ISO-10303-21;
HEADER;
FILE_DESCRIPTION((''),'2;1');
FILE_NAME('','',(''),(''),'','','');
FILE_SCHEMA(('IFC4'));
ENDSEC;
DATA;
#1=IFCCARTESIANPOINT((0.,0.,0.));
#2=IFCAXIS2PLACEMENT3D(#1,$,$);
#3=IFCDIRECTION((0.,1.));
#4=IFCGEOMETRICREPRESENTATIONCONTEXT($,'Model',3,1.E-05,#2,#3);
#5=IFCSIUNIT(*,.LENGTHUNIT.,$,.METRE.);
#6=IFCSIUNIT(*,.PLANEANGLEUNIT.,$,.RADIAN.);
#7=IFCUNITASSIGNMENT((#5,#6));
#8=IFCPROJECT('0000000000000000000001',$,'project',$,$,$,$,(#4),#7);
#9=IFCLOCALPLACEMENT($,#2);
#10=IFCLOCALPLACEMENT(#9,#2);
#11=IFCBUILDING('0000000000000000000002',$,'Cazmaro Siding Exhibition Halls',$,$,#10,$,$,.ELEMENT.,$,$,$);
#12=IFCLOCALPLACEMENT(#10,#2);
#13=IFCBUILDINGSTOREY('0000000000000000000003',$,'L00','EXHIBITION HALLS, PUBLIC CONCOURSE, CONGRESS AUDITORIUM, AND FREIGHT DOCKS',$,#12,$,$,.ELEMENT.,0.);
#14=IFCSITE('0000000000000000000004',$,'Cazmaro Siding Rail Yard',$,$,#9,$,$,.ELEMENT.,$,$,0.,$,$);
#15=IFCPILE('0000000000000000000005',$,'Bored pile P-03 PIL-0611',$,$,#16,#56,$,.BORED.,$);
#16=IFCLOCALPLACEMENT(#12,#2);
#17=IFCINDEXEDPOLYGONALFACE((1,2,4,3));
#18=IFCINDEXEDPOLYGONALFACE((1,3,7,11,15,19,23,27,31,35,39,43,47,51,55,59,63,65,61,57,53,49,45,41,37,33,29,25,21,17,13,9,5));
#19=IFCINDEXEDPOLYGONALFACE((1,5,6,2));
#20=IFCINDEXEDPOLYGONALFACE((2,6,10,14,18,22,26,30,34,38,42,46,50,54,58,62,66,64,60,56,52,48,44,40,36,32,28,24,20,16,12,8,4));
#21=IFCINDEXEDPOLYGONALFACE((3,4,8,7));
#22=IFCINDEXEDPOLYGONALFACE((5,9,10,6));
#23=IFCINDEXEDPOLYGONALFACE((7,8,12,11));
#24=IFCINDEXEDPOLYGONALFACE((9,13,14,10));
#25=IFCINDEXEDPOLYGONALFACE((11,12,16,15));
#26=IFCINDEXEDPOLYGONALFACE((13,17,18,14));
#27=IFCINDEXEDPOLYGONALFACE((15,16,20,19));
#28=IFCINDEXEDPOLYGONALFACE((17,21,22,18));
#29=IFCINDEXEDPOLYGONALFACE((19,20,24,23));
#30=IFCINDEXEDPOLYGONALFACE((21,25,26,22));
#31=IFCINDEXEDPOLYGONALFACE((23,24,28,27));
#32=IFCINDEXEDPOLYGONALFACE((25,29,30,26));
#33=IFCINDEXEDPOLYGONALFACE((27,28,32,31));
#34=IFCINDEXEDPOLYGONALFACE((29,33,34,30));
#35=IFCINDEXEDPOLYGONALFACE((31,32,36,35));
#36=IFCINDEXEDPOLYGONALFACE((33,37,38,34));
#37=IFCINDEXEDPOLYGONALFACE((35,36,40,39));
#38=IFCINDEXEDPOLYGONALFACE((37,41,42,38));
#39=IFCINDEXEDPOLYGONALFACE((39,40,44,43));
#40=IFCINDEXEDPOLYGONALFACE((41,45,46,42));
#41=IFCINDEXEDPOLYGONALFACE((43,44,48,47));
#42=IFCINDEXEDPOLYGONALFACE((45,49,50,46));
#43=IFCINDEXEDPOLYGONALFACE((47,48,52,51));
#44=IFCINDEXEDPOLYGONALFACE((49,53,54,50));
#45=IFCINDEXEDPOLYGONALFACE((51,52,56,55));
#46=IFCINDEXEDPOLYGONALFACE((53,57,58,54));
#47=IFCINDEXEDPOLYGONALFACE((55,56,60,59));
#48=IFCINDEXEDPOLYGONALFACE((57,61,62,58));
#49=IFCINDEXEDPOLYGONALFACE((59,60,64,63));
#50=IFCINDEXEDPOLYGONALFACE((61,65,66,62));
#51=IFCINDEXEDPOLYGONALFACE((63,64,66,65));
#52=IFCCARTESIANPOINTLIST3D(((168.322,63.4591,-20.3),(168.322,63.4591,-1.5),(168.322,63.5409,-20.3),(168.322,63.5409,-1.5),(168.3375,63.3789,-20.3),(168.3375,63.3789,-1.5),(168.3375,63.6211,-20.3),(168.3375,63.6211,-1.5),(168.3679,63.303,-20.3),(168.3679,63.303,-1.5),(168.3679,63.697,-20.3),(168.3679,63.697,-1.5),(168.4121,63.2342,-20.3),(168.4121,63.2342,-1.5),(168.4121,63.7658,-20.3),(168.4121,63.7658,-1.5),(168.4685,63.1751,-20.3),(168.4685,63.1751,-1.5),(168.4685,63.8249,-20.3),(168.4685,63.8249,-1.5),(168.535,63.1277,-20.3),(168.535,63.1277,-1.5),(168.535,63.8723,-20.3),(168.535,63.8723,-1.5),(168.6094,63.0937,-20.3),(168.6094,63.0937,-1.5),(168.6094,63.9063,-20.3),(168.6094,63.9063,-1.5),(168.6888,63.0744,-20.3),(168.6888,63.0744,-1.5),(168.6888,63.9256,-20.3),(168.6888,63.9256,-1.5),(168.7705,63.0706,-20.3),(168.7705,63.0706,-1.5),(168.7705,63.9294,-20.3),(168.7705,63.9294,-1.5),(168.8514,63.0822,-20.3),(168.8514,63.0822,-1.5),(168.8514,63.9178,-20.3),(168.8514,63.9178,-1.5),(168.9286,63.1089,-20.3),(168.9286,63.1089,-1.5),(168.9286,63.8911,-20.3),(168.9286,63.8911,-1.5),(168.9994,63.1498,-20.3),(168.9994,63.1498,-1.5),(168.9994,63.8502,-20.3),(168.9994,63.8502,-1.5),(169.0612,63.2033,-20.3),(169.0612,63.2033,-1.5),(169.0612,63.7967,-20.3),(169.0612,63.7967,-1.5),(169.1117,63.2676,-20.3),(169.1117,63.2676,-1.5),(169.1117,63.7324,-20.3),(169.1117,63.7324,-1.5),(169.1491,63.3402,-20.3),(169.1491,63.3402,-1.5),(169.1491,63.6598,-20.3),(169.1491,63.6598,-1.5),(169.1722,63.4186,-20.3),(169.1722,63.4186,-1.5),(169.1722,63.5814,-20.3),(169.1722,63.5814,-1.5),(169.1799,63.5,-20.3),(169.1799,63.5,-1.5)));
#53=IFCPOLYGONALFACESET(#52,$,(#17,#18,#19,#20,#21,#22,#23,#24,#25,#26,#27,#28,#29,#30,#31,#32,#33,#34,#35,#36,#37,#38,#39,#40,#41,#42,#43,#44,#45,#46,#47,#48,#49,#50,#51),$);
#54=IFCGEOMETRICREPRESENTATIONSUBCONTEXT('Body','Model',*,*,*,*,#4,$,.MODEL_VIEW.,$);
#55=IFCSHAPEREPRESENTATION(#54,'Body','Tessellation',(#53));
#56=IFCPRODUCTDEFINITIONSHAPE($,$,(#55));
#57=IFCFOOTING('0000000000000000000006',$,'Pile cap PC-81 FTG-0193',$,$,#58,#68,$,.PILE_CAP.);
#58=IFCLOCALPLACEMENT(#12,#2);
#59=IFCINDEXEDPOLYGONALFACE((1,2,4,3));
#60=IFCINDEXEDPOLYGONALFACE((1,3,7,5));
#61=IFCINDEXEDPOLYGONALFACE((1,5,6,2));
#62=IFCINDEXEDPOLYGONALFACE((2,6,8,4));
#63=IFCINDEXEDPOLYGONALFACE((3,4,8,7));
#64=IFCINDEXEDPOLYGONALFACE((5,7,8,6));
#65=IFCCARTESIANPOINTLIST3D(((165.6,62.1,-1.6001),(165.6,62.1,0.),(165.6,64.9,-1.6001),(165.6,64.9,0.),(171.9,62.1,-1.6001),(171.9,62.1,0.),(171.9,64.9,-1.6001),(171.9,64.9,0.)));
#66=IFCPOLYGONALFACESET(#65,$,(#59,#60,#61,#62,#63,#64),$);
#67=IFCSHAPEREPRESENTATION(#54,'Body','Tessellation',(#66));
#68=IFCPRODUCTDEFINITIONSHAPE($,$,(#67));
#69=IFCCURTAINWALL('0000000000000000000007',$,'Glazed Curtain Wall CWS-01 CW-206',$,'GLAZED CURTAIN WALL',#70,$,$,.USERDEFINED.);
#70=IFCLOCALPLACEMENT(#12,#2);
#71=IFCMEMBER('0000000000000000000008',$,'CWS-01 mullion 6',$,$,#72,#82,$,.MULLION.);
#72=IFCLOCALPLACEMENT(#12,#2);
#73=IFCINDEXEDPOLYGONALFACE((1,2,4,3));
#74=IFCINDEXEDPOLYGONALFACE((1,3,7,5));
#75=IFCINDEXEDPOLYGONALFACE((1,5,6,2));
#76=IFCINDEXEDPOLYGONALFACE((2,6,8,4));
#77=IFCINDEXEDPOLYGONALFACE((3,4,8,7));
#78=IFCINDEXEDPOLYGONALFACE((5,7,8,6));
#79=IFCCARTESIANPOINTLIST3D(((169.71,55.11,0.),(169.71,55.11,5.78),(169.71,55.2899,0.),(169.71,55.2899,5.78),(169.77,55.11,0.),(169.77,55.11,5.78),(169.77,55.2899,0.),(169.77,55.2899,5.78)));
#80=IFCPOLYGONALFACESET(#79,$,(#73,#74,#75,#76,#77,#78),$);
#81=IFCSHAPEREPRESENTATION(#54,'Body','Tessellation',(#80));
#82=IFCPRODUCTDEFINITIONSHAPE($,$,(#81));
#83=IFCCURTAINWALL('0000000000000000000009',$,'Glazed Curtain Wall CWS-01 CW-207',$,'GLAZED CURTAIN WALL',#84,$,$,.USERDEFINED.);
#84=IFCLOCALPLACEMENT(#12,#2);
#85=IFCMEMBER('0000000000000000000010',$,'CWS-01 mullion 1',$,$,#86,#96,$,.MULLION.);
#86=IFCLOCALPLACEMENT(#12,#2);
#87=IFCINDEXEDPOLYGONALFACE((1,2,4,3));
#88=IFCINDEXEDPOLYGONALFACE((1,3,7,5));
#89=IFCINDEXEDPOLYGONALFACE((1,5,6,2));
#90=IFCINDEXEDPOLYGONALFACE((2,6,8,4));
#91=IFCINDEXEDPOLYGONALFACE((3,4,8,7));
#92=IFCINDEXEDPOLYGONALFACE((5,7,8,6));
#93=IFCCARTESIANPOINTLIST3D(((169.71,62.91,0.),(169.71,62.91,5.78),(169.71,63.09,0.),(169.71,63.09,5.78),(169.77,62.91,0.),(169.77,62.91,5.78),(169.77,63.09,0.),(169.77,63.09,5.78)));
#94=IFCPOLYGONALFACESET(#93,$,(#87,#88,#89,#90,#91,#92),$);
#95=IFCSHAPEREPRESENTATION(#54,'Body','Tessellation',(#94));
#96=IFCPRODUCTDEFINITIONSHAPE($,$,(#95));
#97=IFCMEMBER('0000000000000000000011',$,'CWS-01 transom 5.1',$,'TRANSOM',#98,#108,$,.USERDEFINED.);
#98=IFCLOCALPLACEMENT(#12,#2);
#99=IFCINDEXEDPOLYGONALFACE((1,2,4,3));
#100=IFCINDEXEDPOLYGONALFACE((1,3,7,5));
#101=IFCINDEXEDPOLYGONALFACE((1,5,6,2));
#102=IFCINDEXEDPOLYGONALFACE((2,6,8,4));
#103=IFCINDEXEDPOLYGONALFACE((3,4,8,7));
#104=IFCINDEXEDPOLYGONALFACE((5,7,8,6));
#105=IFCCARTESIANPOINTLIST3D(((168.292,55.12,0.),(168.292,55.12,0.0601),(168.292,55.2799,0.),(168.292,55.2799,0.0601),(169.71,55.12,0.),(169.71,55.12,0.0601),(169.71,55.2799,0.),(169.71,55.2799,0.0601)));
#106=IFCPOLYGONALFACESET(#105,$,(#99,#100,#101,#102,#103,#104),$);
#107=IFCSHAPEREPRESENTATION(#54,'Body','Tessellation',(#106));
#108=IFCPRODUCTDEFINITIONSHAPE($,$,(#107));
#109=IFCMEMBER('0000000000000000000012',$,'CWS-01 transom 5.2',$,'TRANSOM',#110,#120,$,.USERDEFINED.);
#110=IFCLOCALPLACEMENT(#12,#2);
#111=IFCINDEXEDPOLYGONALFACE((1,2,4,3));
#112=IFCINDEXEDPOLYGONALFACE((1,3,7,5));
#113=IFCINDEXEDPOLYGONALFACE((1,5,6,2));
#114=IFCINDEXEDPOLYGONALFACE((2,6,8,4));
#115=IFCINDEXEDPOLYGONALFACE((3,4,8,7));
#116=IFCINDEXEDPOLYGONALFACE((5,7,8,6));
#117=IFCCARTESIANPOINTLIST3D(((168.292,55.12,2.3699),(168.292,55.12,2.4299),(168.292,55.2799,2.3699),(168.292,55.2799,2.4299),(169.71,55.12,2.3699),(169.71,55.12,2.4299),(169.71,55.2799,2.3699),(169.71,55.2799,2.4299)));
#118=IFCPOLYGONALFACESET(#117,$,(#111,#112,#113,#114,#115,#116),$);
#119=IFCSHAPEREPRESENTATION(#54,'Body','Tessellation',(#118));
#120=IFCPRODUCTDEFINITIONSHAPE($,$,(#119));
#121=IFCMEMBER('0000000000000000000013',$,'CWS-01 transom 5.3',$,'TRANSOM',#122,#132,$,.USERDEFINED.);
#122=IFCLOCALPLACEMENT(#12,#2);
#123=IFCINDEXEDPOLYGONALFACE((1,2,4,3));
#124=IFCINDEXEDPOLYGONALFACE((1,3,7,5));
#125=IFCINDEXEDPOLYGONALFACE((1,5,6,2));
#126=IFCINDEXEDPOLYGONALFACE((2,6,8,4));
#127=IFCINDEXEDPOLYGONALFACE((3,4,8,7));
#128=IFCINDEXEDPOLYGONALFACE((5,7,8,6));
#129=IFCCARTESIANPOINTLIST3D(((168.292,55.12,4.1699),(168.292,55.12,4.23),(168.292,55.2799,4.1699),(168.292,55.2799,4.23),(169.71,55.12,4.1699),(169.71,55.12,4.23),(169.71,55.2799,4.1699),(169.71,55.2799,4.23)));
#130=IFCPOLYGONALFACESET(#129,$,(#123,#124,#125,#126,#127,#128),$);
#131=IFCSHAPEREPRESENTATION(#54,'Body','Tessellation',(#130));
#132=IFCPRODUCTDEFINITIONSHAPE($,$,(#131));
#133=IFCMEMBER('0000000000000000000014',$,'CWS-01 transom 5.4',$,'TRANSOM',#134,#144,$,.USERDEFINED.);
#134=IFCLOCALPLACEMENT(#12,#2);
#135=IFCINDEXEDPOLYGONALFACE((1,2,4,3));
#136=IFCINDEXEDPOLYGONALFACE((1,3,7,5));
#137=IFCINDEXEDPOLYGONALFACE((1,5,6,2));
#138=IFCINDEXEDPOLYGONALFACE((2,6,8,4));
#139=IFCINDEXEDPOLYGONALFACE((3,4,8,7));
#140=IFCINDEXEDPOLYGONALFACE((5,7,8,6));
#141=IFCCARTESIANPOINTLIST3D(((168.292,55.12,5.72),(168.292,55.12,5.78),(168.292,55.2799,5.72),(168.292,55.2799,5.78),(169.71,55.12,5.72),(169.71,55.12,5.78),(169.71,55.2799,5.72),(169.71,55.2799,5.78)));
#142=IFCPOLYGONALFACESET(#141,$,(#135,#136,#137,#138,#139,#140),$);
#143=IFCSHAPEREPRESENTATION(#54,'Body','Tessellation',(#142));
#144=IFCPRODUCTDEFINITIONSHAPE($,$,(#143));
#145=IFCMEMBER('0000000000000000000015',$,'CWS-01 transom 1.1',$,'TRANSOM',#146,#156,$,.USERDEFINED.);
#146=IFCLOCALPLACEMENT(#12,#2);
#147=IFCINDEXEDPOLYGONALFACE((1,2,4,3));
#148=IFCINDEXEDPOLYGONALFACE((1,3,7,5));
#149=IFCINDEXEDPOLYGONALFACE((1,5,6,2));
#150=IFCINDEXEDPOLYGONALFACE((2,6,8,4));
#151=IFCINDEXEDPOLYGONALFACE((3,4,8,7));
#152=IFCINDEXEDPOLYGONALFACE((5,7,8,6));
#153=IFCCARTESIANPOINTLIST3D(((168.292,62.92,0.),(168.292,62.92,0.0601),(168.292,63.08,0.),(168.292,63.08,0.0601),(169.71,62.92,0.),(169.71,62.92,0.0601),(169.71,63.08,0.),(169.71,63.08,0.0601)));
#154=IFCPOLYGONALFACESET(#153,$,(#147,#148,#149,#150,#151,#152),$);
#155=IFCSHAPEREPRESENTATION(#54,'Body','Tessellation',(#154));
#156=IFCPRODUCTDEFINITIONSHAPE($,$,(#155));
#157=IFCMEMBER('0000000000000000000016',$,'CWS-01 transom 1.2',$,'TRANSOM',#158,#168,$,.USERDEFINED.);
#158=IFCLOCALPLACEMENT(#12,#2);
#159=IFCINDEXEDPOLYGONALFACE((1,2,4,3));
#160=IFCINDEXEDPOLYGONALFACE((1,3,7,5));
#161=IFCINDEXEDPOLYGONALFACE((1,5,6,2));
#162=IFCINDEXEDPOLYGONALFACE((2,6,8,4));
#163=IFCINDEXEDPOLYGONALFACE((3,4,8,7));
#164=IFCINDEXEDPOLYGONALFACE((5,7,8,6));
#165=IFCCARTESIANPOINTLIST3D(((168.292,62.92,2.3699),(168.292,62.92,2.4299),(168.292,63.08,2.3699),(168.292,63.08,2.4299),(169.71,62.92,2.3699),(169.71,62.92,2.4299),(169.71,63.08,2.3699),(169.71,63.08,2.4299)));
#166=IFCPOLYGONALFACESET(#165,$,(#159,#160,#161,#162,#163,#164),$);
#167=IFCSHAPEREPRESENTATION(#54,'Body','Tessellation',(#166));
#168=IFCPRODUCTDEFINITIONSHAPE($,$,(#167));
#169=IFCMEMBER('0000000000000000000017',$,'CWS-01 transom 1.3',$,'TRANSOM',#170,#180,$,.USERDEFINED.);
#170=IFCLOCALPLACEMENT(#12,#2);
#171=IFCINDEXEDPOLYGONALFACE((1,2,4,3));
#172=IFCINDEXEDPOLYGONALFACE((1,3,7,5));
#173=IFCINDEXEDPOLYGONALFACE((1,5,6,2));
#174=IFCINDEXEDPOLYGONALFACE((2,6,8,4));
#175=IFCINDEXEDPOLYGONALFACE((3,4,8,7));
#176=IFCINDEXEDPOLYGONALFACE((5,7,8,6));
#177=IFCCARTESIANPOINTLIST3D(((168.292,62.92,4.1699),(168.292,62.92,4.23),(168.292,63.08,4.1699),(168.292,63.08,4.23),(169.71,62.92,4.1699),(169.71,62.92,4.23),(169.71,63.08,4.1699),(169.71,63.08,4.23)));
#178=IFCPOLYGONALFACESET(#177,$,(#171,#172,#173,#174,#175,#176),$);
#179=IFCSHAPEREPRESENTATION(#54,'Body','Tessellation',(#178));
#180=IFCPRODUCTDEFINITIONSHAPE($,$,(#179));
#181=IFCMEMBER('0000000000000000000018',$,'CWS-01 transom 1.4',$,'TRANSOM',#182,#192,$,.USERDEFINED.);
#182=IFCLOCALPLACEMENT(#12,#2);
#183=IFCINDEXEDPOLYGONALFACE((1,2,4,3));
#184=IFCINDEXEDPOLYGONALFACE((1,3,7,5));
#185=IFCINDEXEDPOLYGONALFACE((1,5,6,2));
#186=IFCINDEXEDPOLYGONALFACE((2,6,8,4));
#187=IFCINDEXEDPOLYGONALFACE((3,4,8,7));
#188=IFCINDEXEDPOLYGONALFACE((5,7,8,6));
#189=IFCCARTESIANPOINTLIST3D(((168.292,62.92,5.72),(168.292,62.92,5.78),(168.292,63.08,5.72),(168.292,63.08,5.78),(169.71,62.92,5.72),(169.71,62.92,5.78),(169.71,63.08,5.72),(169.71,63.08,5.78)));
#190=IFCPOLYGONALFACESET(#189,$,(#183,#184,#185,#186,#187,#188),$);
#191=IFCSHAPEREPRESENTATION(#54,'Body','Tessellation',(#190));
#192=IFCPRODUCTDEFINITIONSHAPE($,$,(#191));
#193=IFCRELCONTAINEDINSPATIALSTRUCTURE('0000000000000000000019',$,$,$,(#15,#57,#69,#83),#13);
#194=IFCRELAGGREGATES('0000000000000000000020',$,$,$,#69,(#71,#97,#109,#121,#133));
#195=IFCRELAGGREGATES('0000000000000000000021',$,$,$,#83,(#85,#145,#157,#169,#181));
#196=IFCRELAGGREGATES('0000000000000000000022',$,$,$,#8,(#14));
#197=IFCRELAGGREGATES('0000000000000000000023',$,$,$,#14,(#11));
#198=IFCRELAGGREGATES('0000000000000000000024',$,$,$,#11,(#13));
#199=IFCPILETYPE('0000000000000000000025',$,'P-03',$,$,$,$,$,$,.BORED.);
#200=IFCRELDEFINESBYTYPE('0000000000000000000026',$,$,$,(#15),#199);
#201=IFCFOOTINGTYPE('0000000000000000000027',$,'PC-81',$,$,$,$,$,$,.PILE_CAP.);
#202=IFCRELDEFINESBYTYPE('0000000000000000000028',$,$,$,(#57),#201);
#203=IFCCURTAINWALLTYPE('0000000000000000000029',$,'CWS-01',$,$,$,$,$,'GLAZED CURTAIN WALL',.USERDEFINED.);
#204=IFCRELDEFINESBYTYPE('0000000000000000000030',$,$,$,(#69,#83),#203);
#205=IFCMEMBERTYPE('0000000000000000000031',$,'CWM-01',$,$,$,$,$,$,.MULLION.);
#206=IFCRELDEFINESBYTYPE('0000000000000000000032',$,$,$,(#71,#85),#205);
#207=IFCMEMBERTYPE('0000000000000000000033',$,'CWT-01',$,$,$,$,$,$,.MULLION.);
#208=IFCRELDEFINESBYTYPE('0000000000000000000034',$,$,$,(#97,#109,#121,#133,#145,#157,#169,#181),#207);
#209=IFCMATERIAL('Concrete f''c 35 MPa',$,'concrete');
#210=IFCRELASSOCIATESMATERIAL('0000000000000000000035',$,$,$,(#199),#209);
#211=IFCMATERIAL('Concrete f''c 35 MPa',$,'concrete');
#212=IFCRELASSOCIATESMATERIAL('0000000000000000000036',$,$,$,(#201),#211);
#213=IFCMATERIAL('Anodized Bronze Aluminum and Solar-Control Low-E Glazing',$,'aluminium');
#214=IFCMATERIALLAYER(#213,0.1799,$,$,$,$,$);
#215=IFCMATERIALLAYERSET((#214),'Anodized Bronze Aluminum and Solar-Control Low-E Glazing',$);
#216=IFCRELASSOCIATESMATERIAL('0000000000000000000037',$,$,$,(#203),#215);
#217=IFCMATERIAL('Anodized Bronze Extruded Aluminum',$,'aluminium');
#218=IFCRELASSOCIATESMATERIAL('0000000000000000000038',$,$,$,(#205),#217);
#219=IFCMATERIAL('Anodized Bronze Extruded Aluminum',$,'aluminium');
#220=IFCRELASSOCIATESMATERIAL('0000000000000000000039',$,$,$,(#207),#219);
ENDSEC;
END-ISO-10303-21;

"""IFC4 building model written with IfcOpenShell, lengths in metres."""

from ifc_helpers import new_model, si_unit, direction, frame, origin, origin_2d, place, context, subcontext, project, spatial, rectangle, circle, extrude, material, layer, layer_set, material_profile, profile_set, type_object, element, aggregate, save


model = new_model("IFC4")

# Units and contexts
model_context = context("Model", 3, precision=1e-05, world=origin(), true_north=direction((0.0, 1.0)))
body_context = subcontext(model_context, "Body", "Model", "MODEL_VIEW")
ifc_project = project(units=[si_unit("LENGTHUNIT", "METRE"), si_unit("PLANEANGLEUNIT", "RADIAN")], contexts=[model_context])

# Site, building, storey
site_placement = place(None, origin())
site = spatial("IfcSite", under=ifc_project, at=site_placement, Name="Cazmaro Siding Rail Yard", CompositionType="ELEMENT", RefElevation=0.0)
building_placement = place(site_placement, origin())
building = spatial("IfcBuilding", under=site, at=building_placement, Name="Cazmaro Siding Exhibition Halls", CompositionType="ELEMENT")
storey_placement = place(building_placement, origin())
storey = spatial("IfcBuildingStorey", under=building, at=storey_placement, Name="L00", Description="EXHIBITION HALLS, PUBLIC CONCOURSE, CONGRESS AUDITORIUM, AND FREIGHT DOCKS", CompositionType="ELEMENT", Elevation=0.0)

# Pile
ifc_material_1 = material(Name="Concrete f'c 35 MPa", Category="concrete")
ifc_material_profile_1 = material_profile(ifc_material_1, circle(Radius=0.4299, at=origin_2d()), Name="CIDH-860")
ifc_profile_set_1 = profile_set([ifc_material_profile_1], Name="Concrete f'c 35 MPa")
pile_type = type_object("IfcPileType", Name="P-03", PredefinedType="BORED", material=ifc_profile_set_1)
pile_placement = place(storey_placement, frame((168.75, 63.5, -1.5), z_axis=(0.0, 0.0, -1.0), x_axis=(1.0, 0.0, 0.0)))
element("IfcPile", 1, at=pile_placement, inside=storey, type_object=pile_type, Name="Bored pile P-03 PIL-0611", PredefinedType="BORED", context=body_context, shape_type="SweptSolid", body=[
    extrude(circle(Radius=0.4299, at=origin_2d()), origin(), (0.0, 0.0, 1.0), 18.8),
])

# Footing
ifc_material_2 = material(Name="Concrete f'c 35 MPa", Category="concrete")
footing_type = type_object("IfcFootingType", Name="PC-81", PredefinedType="PILE_CAP", material=ifc_material_2)
footing_placement = place(storey_placement, frame((168.75, 63.5, -1.6001), z_axis=(0.0, 0.0, 1.0), x_axis=(1.0, 0.0, 0.0)))
element("IfcFooting", 2, at=footing_placement, inside=storey, type_object=footing_type, Name="Pile cap PC-81 FTG-0193", PredefinedType="PILE_CAP", context=body_context, shape_type="SweptSolid", body=[
    extrude(rectangle(XDim=6.3, YDim=2.8, at=origin_2d()), origin(), (0.0, 0.0, 1.0), 1.6001),
])

# Curtain walls, members
ifc_material_3 = material(Name="Anodized Bronze Aluminum and Solar-Control Low-E Glazing", Category="aluminium")
ifc_layer_1 = layer(ifc_material_3, 0.1799)
ifc_layer_set_1 = layer_set([ifc_layer_1], Name="Anodized Bronze Aluminum and Solar-Control Low-E Glazing")
curtain_wall_type = type_object("IfcCurtainWallType", Name="CWS-01", ElementType="GLAZED CURTAIN WALL", PredefinedType="USERDEFINED", material=ifc_layer_set_1)
curtain_wall_1_placement = place(storey_placement, origin())
curtain_wall_1 = element("IfcCurtainWall", 3, at=curtain_wall_1_placement, inside=storey, type_object=curtain_wall_type, Name="Glazed Curtain Wall CWS-01 CW-206", ObjectType="GLAZED CURTAIN WALL", PredefinedType="USERDEFINED")
ifc_material_4 = material(Name="Anodized Bronze Extruded Aluminum", Category="aluminium")
ifc_material_profile_2 = material_profile(ifc_material_4, rectangle(XDim=0.1799, YDim=0.0601, at=origin_2d()), Name="CWM-01")
ifc_profile_set_2 = profile_set([ifc_material_profile_2], Name="Anodized Bronze Extruded Aluminum")
member_type_1 = type_object("IfcMemberType", Name="CWM-01", PredefinedType="MULLION", material=ifc_profile_set_2)
member_1_placement = place(storey_placement, frame((169.74, 55.2, 0.0), z_axis=(0.0, 0.0, 1.0), x_axis=(0.0, 1.0, 0.0)))
member_1 = element("IfcMember", 4, at=member_1_placement, type_object=member_type_1, Name="CWS-01 mullion 6", PredefinedType="MULLION", context=body_context, shape_type="SweptSolid", body=[
    extrude(rectangle(XDim=0.1799, YDim=0.0601, at=origin_2d()), origin(), (0.0, 0.0, 1.0), 5.78),
])
curtain_wall_2_placement = place(storey_placement, origin())
curtain_wall_2 = element("IfcCurtainWall", 5, at=curtain_wall_2_placement, inside=storey, type_object=curtain_wall_type, Name="Glazed Curtain Wall CWS-01 CW-207", ObjectType="GLAZED CURTAIN WALL", PredefinedType="USERDEFINED")
member_2_placement = place(storey_placement, frame((169.74, 63.0, 0.0), z_axis=(0.0, 0.0, 1.0), x_axis=(0.0, -1.0, 0.0)))
member_2 = element("IfcMember", 6, at=member_2_placement, type_object=member_type_1, Name="CWS-01 mullion 1", PredefinedType="MULLION", context=body_context, shape_type="SweptSolid", body=[
    extrude(rectangle(XDim=0.1799, YDim=0.0601, at=origin_2d()), origin(), (0.0, 0.0, 1.0), 5.78),
])

# Members
ifc_material_5 = material(Name="Anodized Bronze Extruded Aluminum", Category="aluminium")
ifc_material_profile_3 = material_profile(ifc_material_5, rectangle(XDim=0.1599, YDim=0.0601, at=origin_2d()), Name="CWT-01")
ifc_profile_set_3 = profile_set([ifc_material_profile_3], Name="Anodized Bronze Extruded Aluminum")
member_type_2 = type_object("IfcMemberType", Name="CWT-01", PredefinedType="MULLION", material=ifc_profile_set_3)
member_3_placement = place(storey_placement, frame((168.292, 55.2, 0.03), z_axis=(1.0, 0.0, 0.0), x_axis=(0.0, 1.0, 0.0)))
member_3 = element("IfcMember", 7, at=member_3_placement, type_object=member_type_2, Name="CWS-01 transom 5.1", ObjectType="TRANSOM", PredefinedType="USERDEFINED", context=body_context, shape_type="SweptSolid", body=[
    extrude(rectangle(XDim=0.1599, YDim=0.0601, at=origin_2d()), origin(), (0.0, 0.0, 1.0), 1.418),
])
member_4_placement = place(storey_placement, frame((168.292, 55.2, 2.3999), z_axis=(1.0, 0.0, 0.0), x_axis=(0.0, 1.0, 0.0)))
member_4 = element("IfcMember", 8, at=member_4_placement, type_object=member_type_2, Name="CWS-01 transom 5.2", ObjectType="TRANSOM", PredefinedType="USERDEFINED", context=body_context, shape_type="SweptSolid", body=[
    extrude(rectangle(XDim=0.1599, YDim=0.0601, at=origin_2d()), origin(), (0.0, 0.0, 1.0), 1.418),
])
member_5_placement = place(storey_placement, frame((168.292, 55.2, 4.2), z_axis=(1.0, 0.0, 0.0), x_axis=(0.0, 1.0, 0.0)))
member_5 = element("IfcMember", 9, at=member_5_placement, type_object=member_type_2, Name="CWS-01 transom 5.3", ObjectType="TRANSOM", PredefinedType="USERDEFINED", context=body_context, shape_type="SweptSolid", body=[
    extrude(rectangle(XDim=0.1599, YDim=0.0601, at=origin_2d()), origin(), (0.0, 0.0, 1.0), 1.418),
])
member_6_placement = place(storey_placement, frame((168.292, 55.2, 5.75), z_axis=(1.0, 0.0, 0.0), x_axis=(0.0, 1.0, 0.0)))
member_6 = element("IfcMember", 10, at=member_6_placement, type_object=member_type_2, Name="CWS-01 transom 5.4", ObjectType="TRANSOM", PredefinedType="USERDEFINED", context=body_context, shape_type="SweptSolid", body=[
    extrude(rectangle(XDim=0.1599, YDim=0.0601, at=origin_2d()), origin(), (0.0, 0.0, 1.0), 1.418),
])
member_7_placement = place(storey_placement, frame((169.71, 63.0, 0.03), z_axis=(-1.0, 0.0, 0.0), x_axis=(0.0, -1.0, 0.0)))
member_7 = element("IfcMember", 11, at=member_7_placement, type_object=member_type_2, Name="CWS-01 transom 1.1", ObjectType="TRANSOM", PredefinedType="USERDEFINED", context=body_context, shape_type="SweptSolid", body=[
    extrude(rectangle(XDim=0.1599, YDim=0.0601, at=origin_2d()), origin(), (0.0, 0.0, 1.0), 1.418),
])
member_8_placement = place(storey_placement, frame((169.71, 63.0, 2.3999), z_axis=(-1.0, 0.0, 0.0), x_axis=(0.0, -1.0, 0.0)))
member_8 = element("IfcMember", 12, at=member_8_placement, type_object=member_type_2, Name="CWS-01 transom 1.2", ObjectType="TRANSOM", PredefinedType="USERDEFINED", context=body_context, shape_type="SweptSolid", body=[
    extrude(rectangle(XDim=0.1599, YDim=0.0601, at=origin_2d()), origin(), (0.0, 0.0, 1.0), 1.418),
])
member_9_placement = place(storey_placement, frame((169.71, 63.0, 4.2), z_axis=(-1.0, 0.0, 0.0), x_axis=(0.0, -1.0, 0.0)))
member_9 = element("IfcMember", 13, at=member_9_placement, type_object=member_type_2, Name="CWS-01 transom 1.3", ObjectType="TRANSOM", PredefinedType="USERDEFINED", context=body_context, shape_type="SweptSolid", body=[
    extrude(rectangle(XDim=0.1599, YDim=0.0601, at=origin_2d()), origin(), (0.0, 0.0, 1.0), 1.418),
])
member_10_placement = place(storey_placement, frame((169.71, 63.0, 5.75), z_axis=(-1.0, 0.0, 0.0), x_axis=(0.0, -1.0, 0.0)))
member_10 = element("IfcMember", 14, at=member_10_placement, type_object=member_type_2, Name="CWS-01 transom 1.4", ObjectType="TRANSOM", PredefinedType="USERDEFINED", context=body_context, shape_type="SweptSolid", body=[
    extrude(rectangle(XDim=0.1599, YDim=0.0601, at=origin_2d()), origin(), (0.0, 0.0, 1.0), 1.418),
])

aggregate(curtain_wall_1, [member_1, member_3, member_4, member_5, member_6])
aggregate(curtain_wall_2, [member_2, member_7, member_8, member_9, member_10])

save(model, "model.ifc")
